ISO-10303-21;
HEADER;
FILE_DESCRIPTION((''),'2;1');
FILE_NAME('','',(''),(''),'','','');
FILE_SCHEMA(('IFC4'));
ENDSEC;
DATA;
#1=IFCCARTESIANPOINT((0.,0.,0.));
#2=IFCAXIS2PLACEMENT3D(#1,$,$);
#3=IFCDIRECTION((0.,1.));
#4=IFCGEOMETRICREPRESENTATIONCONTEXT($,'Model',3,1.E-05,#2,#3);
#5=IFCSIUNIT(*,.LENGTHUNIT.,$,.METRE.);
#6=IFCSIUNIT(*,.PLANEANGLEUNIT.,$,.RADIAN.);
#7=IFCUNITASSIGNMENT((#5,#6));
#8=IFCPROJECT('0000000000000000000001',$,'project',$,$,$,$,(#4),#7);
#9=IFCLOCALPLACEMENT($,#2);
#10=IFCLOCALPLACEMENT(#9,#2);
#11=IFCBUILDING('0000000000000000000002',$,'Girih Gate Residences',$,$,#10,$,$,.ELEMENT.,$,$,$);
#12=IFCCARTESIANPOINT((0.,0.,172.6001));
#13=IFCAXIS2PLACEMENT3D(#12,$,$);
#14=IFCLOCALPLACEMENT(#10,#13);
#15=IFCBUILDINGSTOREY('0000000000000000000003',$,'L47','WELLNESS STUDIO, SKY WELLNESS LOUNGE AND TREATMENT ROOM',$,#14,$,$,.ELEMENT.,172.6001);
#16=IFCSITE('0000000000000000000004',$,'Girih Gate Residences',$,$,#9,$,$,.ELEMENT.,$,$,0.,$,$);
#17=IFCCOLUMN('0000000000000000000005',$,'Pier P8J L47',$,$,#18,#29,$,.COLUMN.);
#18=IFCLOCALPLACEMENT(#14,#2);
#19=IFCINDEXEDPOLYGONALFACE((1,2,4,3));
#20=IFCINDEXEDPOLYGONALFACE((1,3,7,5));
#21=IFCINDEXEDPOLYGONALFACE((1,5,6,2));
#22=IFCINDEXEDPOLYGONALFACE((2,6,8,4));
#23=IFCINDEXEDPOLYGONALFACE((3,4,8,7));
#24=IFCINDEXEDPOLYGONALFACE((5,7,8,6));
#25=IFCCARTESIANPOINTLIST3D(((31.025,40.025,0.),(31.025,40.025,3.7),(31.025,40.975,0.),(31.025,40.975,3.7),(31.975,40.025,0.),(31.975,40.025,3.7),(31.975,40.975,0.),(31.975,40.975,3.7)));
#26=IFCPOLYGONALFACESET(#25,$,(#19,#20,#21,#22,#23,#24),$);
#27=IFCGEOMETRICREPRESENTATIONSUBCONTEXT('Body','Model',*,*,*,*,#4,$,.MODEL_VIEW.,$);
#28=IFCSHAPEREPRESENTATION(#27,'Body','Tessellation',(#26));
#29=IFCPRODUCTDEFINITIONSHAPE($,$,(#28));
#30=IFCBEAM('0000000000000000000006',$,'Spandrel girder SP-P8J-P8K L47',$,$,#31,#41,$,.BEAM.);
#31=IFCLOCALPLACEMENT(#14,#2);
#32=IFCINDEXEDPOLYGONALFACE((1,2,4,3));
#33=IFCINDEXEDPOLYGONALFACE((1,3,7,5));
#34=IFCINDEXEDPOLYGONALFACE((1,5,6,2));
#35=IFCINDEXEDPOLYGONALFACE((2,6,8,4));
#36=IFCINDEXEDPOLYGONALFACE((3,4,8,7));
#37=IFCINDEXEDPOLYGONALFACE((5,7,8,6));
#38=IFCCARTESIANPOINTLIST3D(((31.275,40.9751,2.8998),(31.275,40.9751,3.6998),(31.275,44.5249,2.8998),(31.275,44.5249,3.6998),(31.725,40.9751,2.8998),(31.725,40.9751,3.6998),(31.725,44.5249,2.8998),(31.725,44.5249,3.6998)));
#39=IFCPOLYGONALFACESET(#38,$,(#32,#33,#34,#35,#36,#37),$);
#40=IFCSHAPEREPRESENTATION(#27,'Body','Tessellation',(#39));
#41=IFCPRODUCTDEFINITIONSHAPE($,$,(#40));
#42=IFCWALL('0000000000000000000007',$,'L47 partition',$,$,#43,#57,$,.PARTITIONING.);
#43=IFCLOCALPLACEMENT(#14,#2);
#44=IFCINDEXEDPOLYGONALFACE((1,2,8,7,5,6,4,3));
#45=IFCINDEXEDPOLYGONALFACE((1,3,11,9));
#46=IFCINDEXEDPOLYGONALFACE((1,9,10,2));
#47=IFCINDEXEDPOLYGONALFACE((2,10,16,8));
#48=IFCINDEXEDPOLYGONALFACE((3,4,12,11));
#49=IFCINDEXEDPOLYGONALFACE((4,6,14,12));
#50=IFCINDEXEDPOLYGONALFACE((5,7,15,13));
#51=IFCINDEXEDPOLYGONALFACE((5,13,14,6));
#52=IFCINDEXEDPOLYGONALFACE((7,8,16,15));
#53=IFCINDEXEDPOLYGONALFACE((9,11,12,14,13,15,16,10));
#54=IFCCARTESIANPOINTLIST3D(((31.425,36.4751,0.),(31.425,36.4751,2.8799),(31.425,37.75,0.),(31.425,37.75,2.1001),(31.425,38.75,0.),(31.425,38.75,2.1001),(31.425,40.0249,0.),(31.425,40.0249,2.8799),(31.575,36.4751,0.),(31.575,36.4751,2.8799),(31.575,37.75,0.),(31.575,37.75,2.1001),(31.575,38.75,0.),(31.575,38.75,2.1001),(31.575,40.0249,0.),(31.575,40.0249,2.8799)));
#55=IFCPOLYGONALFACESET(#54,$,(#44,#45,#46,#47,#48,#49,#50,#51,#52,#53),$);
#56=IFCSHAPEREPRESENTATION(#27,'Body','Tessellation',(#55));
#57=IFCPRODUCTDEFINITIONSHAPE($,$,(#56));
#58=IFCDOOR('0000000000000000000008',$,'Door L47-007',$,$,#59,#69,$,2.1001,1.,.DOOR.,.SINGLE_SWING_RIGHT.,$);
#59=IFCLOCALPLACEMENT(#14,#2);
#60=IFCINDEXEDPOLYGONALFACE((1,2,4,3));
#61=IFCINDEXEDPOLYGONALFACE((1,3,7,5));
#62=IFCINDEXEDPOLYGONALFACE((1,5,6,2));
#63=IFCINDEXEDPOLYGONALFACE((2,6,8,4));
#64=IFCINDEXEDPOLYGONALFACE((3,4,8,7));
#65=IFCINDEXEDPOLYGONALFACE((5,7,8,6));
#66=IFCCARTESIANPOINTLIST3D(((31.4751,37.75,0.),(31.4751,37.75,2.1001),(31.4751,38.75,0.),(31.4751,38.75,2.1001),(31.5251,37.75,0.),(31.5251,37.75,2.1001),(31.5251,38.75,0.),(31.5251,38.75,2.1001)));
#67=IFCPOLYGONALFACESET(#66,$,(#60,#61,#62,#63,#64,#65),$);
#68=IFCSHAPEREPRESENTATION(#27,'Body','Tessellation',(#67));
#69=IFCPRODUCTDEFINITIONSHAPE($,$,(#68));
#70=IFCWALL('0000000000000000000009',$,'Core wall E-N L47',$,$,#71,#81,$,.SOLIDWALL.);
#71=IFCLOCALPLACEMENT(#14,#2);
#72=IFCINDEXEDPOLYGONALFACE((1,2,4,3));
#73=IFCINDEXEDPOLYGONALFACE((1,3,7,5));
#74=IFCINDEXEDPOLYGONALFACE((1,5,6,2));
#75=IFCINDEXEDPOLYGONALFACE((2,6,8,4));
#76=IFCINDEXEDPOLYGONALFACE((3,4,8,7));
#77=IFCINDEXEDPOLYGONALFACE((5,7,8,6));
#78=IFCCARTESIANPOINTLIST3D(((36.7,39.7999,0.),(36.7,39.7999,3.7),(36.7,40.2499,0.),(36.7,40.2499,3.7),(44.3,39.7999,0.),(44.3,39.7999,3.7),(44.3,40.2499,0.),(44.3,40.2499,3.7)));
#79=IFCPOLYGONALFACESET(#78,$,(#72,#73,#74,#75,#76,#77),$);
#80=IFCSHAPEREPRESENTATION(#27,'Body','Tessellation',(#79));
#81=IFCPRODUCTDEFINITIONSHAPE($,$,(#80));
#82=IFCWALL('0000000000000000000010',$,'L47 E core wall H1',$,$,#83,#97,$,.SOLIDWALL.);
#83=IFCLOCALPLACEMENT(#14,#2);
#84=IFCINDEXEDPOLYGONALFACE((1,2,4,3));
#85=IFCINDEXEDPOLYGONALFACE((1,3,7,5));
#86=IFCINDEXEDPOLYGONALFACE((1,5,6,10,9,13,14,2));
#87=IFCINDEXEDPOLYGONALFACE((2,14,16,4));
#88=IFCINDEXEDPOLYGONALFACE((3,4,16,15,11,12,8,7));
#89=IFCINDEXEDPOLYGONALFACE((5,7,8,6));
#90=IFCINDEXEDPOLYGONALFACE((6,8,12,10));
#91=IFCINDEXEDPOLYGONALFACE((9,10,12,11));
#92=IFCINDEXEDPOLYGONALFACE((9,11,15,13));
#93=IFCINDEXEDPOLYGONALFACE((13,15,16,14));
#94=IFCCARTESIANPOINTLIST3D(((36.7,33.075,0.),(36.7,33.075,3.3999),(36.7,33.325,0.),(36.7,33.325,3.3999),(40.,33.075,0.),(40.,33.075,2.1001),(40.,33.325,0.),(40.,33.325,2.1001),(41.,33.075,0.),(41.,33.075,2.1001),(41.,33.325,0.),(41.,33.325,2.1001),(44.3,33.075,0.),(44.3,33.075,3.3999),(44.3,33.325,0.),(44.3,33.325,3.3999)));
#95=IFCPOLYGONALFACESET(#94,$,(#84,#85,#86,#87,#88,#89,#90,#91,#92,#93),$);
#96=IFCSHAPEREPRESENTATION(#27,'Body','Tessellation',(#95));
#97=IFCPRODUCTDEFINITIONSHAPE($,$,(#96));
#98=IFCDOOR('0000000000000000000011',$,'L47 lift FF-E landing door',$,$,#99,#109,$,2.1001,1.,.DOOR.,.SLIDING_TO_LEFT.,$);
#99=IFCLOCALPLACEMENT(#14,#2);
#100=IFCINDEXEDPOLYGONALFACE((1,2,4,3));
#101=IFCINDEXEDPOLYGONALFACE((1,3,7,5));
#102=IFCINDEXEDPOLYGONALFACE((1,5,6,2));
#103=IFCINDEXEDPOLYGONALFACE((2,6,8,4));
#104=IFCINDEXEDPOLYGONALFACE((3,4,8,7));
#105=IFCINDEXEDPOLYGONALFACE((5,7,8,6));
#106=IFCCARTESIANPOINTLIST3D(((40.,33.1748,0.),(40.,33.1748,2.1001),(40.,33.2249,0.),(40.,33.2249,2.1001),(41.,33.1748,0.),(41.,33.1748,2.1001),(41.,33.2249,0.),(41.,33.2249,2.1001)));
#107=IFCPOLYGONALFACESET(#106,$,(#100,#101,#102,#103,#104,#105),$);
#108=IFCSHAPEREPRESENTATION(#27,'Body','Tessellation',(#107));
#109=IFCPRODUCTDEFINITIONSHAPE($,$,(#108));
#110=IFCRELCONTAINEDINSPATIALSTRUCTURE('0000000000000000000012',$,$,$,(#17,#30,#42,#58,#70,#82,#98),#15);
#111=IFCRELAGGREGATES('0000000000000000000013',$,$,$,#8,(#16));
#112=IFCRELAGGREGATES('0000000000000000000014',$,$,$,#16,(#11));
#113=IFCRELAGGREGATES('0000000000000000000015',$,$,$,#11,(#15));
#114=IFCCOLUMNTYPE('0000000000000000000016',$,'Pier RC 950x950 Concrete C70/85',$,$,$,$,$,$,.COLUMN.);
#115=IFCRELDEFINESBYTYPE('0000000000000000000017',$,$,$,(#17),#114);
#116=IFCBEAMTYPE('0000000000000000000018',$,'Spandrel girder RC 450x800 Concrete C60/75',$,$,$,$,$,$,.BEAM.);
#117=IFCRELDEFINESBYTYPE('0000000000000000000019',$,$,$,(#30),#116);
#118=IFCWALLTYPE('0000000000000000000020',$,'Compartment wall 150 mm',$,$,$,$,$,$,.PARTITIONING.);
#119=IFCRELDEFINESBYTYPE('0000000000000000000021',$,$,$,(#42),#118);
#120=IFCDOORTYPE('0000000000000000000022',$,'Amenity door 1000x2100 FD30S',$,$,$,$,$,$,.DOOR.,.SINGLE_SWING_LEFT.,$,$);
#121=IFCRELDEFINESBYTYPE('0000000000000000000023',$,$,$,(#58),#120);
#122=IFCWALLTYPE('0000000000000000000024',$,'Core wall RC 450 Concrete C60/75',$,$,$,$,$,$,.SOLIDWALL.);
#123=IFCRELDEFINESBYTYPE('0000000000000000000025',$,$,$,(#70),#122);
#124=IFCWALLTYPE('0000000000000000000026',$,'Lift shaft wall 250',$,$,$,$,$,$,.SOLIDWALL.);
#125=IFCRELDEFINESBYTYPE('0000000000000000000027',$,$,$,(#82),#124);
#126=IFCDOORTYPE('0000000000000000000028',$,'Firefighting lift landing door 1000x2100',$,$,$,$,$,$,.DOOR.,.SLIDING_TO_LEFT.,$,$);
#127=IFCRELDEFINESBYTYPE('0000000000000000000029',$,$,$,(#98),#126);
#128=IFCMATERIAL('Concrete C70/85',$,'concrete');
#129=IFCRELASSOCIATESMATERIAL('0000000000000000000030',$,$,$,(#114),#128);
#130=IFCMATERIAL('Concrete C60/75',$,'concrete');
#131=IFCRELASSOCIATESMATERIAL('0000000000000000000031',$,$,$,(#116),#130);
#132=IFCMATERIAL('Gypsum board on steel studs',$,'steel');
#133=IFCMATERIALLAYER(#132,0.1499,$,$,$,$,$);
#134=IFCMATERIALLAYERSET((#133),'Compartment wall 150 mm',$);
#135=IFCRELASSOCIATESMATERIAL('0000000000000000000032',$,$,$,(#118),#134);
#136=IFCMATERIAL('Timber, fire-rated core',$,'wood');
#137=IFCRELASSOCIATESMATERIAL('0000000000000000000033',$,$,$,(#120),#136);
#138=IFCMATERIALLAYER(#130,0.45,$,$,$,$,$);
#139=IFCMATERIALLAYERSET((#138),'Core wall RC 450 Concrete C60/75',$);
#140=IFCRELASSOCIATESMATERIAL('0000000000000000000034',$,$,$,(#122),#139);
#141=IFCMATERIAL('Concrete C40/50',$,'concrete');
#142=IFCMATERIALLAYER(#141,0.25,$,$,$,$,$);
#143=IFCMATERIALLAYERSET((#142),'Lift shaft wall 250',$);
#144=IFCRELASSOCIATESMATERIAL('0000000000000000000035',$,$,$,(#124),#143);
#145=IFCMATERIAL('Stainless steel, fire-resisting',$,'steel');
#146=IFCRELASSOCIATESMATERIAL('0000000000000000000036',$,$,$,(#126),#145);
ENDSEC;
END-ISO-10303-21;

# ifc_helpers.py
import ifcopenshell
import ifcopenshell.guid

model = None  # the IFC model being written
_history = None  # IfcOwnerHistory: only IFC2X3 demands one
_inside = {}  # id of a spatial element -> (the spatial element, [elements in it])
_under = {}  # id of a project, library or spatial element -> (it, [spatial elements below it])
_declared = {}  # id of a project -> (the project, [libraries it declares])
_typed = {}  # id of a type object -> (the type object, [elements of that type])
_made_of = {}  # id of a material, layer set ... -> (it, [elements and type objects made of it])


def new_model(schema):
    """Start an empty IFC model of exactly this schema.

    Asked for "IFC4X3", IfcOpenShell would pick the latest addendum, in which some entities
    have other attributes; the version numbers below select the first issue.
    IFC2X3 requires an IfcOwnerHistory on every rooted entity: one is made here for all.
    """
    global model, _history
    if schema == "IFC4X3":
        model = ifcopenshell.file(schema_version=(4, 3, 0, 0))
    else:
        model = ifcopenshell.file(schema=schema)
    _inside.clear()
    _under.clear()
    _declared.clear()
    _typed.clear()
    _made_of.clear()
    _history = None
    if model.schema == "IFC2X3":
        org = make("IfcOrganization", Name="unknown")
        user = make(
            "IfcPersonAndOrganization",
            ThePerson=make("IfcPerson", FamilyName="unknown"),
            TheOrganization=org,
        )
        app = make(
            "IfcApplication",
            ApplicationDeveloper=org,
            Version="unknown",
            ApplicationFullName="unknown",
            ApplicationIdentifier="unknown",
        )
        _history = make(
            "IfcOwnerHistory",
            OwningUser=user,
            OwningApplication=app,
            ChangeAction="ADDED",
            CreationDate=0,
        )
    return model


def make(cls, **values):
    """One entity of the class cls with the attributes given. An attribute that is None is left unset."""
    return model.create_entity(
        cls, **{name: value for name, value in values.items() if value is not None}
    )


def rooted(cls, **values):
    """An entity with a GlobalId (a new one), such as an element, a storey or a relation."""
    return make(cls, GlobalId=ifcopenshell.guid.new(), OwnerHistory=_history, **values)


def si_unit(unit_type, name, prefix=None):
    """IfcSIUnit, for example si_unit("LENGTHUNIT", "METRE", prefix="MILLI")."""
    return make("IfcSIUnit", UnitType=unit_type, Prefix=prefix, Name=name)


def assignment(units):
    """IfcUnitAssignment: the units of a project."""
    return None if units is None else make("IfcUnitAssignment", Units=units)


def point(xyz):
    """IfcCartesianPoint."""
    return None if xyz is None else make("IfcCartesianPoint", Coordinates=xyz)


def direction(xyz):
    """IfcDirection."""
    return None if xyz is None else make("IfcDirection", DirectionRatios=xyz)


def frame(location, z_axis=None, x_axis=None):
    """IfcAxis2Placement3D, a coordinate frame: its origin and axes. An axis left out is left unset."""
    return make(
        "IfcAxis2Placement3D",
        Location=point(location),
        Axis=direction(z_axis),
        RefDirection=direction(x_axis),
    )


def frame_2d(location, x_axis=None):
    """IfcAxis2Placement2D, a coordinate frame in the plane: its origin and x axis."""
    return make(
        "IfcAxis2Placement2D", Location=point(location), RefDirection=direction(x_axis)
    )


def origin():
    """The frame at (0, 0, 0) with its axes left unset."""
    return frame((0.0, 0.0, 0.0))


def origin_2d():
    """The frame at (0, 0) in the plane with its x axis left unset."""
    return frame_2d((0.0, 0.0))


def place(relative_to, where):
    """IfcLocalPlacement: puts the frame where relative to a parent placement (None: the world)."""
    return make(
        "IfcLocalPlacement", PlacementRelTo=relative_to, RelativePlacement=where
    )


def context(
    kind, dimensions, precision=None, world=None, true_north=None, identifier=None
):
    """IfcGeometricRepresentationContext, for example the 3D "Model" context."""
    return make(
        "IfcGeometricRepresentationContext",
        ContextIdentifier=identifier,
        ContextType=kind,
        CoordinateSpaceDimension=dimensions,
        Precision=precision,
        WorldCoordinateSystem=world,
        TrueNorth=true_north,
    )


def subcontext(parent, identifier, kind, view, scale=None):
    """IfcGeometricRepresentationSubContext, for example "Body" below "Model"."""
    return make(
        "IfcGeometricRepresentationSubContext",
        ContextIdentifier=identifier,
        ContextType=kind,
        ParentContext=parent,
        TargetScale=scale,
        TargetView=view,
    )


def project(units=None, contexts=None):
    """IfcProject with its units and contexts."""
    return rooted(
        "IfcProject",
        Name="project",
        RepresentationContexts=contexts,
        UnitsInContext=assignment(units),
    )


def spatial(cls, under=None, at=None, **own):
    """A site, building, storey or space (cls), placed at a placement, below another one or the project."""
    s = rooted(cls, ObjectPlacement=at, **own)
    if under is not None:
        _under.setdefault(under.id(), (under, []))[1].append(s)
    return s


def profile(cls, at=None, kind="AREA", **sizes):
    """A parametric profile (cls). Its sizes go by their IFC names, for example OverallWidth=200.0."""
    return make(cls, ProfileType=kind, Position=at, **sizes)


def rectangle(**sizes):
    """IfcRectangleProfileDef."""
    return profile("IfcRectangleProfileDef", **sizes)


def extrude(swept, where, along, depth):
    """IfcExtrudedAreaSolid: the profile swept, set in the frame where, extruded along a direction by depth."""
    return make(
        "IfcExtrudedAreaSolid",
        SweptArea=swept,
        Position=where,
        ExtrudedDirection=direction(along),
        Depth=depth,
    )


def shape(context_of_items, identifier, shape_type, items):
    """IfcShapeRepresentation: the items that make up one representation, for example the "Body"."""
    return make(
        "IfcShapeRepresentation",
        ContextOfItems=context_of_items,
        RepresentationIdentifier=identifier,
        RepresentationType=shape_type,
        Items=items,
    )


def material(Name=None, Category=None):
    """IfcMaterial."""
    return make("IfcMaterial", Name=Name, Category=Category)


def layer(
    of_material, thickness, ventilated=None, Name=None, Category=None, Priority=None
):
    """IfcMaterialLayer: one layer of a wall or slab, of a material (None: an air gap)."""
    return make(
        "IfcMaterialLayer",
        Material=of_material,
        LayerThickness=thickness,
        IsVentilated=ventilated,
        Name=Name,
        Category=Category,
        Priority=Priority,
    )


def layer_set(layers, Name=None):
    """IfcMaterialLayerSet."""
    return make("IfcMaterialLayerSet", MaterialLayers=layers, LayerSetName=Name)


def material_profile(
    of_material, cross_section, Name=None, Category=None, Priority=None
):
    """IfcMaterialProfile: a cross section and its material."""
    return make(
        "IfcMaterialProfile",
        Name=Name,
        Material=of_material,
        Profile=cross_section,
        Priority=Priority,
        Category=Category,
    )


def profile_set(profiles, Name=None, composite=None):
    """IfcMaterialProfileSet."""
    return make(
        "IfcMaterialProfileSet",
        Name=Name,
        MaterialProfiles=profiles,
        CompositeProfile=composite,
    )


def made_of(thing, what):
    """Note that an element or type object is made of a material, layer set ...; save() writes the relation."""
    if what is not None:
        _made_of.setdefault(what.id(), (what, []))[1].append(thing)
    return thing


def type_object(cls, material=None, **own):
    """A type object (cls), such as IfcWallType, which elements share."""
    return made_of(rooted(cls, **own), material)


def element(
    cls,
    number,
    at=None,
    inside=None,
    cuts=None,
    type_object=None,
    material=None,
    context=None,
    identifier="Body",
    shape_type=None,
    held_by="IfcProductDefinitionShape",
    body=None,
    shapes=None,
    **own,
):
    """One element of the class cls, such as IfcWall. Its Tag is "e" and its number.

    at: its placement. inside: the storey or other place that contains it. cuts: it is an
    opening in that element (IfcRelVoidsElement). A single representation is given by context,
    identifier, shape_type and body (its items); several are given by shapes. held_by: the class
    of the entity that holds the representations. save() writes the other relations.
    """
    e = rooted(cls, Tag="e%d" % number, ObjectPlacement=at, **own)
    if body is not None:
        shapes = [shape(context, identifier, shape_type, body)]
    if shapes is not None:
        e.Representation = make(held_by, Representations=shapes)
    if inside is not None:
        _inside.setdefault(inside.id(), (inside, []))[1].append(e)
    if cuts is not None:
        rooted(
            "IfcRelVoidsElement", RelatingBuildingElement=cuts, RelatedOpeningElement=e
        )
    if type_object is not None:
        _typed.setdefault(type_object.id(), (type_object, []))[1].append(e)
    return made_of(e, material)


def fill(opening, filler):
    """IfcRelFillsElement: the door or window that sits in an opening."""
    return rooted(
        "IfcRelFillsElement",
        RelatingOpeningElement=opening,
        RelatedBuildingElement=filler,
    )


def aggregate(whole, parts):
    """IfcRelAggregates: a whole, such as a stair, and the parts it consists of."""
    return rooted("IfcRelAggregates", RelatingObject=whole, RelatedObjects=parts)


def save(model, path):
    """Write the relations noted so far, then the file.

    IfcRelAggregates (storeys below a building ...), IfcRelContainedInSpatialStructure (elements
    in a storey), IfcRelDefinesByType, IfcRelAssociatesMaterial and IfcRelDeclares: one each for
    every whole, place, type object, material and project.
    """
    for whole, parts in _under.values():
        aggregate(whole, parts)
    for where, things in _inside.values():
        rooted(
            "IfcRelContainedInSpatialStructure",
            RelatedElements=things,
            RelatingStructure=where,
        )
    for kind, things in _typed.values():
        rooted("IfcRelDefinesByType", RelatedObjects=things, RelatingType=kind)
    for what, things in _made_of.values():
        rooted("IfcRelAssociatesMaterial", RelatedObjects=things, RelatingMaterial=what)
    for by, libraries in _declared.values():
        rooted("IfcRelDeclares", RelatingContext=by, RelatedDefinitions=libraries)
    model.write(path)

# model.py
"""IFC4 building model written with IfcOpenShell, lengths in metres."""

from ifc_helpers import new_model, si_unit, direction, frame, frame_2d, origin, origin_2d, place, context, subcontext, project, spatial, rectangle, extrude, material, layer, layer_set, material_profile, profile_set, type_object, element, fill, save


model = new_model("IFC4")

# Units and contexts
model_context = context("Model", 3, precision=1e-05, world=origin(), true_north=direction((0.0, 1.0)))
body_context = subcontext(model_context, "Body", "Model", "MODEL_VIEW")
ifc_project = project(units=[si_unit("LENGTHUNIT", "METRE"), si_unit("PLANEANGLEUNIT", "RADIAN")], contexts=[model_context])

# Site, building, storey
site_placement = place(None, origin())
site = spatial("IfcSite", under=ifc_project, at=site_placement, Name="Girih Gate Residences", CompositionType="ELEMENT", RefElevation=0.0)
building_placement = place(site_placement, origin())
building = spatial("IfcBuilding", under=site, at=building_placement, Name="Girih Gate Residences", CompositionType="ELEMENT")
storey_placement = place(building_placement, frame((0.0, 0.0, 172.6001)))
storey = spatial("IfcBuildingStorey", under=building, at=storey_placement, Name="L47", Description="WELLNESS STUDIO, SKY WELLNESS LOUNGE AND TREATMENT ROOM", CompositionType="ELEMENT", Elevation=172.6001)

# Column
ifc_material_1 = material(Name="Concrete C70/85", Category="concrete")
ifc_material_profile_1 = material_profile(ifc_material_1, rectangle(XDim=0.95, YDim=0.95, at=origin_2d()))
ifc_profile_set_1 = profile_set([ifc_material_profile_1], Name="Concrete C70/85")
column_type = type_object("IfcColumnType", Name="Pier RC 950x950 Concrete C70/85", PredefinedType="COLUMN", material=ifc_profile_set_1)
column_placement = place(storey_placement, frame((31.5, 40.5, 0.0), z_axis=(0.0, 0.0, 1.0), x_axis=(1.0, 0.0, 0.0)))
element("IfcColumn", 1, at=column_placement, inside=storey, type_object=column_type, Name="Pier P8J L47", PredefinedType="COLUMN", context=body_context, shape_type="SweptSolid", body=[
    extrude(rectangle(XDim=0.95, YDim=0.95, at=origin_2d()), origin(), (0.0, 0.0, 1.0), 3.7),
])

# Beam
ifc_material_2 = material(Name="Concrete C60/75", Category="concrete")
ifc_material_profile_2 = material_profile(ifc_material_2, rectangle(XDim=0.45, YDim=0.8, at=origin_2d()))
ifc_profile_set_2 = profile_set([ifc_material_profile_2], Name="Concrete C60/75")
beam_type = type_object("IfcBeamType", Name="Spandrel girder RC 450x800 Concrete C60/75", PredefinedType="BEAM", material=ifc_profile_set_2)
beam_placement = place(storey_placement, frame((31.5, 40.9751, 3.2998), z_axis=(0.0, 1.0, 0.0), x_axis=(-1.0, 0.0, 0.0)))
element("IfcBeam", 2, at=beam_placement, inside=storey, type_object=beam_type, Name="Spandrel girder SP-P8J-P8K L47", PredefinedType="BEAM", context=body_context, shape_type="SweptSolid", body=[
    extrude(rectangle(XDim=0.45, YDim=0.8, at=origin_2d()), origin(), (0.0, 0.0, 1.0), 3.5498),
])

# Wall, opening, door
ifc_material_3 = material(Name="Gypsum board on steel studs", Category="steel")
ifc_layer_1 = layer(ifc_material_3, 0.1499)
ifc_layer_set_1 = layer_set([ifc_layer_1], Name="Compartment wall 150 mm")
wall_type_1 = type_object("IfcWallType", Name="Compartment wall 150 mm", PredefinedType="PARTITIONING", material=ifc_layer_set_1)
wall_1_placement = place(storey_placement, frame((31.5, 36.4751, 0.0), z_axis=(0.0, 0.0, 1.0), x_axis=(0.0, 1.0, 0.0)))
wall_1 = element("IfcWall", 3, at=wall_1_placement, inside=storey, type_object=wall_type_1, Name="L47 partition", PredefinedType="PARTITIONING", context=body_context, shape_type="SweptSolid", body=[
    extrude(rectangle(XDim=3.5498, YDim=0.1499, at=frame_2d((1.7749, 0.0))), origin(), (0.0, 0.0, 1.0), 2.8799),
])
opening_1_placement = place(wall_1_placement, frame((1.2749, 0.0, 0.0)))
opening_1 = element("IfcOpeningElement", 4, at=opening_1_placement, cuts=wall_1, PredefinedType="OPENING", context=body_context, shape_type="SweptSolid", body=[
    extrude(rectangle(XDim=1.0, YDim=2.1001, at=frame_2d((0.5, 1.05))), frame((0.0, 0.085, 0.0), z_axis=(0.0, -1.0, 0.0), x_axis=(1.0, 0.0, 0.0)), (0.0, 0.0, 1.0), 0.1699),
])
ifc_material_4 = material(Name="Timber, fire-rated core", Category="wood")
door_type_1 = type_object("IfcDoorType", Name="Amenity door 1000x2100 FD30S", OperationType="SINGLE_SWING_LEFT", PredefinedType="DOOR", material=ifc_material_4)
door_1_placement = place(opening_1_placement, origin())
door_1 = element("IfcDoor", 5, at=door_1_placement, inside=storey, type_object=door_type_1, Name="Door L47-007", OperationType="SINGLE_SWING_RIGHT", OverallHeight=2.1001, OverallWidth=1.0, PredefinedType="DOOR", context=body_context, shape_type="SweptSolid", body=[
    extrude(rectangle(XDim=1.0, YDim=2.1001, at=frame_2d((0.5, 1.05))), frame((0.0, 0.0249, 0.0), z_axis=(0.0, -1.0, 0.0), x_axis=(1.0, 0.0, 0.0)), (0.0, 0.0, 1.0), 0.05),
])
fill(opening_1, door_1)

# Wall
ifc_layer_2 = layer(ifc_material_2, 0.45)
ifc_layer_set_2 = layer_set([ifc_layer_2], Name="Core wall RC 450 Concrete C60/75")
wall_type_2 = type_object("IfcWallType", Name="Core wall RC 450 Concrete C60/75", PredefinedType="SOLIDWALL", material=ifc_layer_set_2)
wall_2_placement = place(storey_placement, frame((36.7, 40.0249, 0.0), z_axis=(0.0, 0.0, 1.0), x_axis=(1.0, 0.0, 0.0)))
element("IfcWall", 6, at=wall_2_placement, inside=storey, type_object=wall_type_2, Name="Core wall E-N L47", PredefinedType="SOLIDWALL", context=body_context, shape_type="SweptSolid", body=[
    extrude(rectangle(XDim=7.6001, YDim=0.45, at=frame_2d((3.8, 0.0))), origin(), (0.0, 0.0, 1.0), 3.7),
])

# Wall, opening, door
ifc_material_5 = material(Name="Concrete C40/50", Category="concrete")
ifc_layer_3 = layer(ifc_material_5, 0.25)
ifc_layer_set_3 = layer_set([ifc_layer_3], Name="Lift shaft wall 250")
wall_type_3 = type_object("IfcWallType", Name="Lift shaft wall 250", PredefinedType="SOLIDWALL", material=ifc_layer_set_3)
wall_3_placement = place(storey_placement, frame((36.7, 33.2, 0.0), z_axis=(0.0, 0.0, 1.0), x_axis=(1.0, 0.0, 0.0)))
wall_3 = element("IfcWall", 7, at=wall_3_placement, inside=storey, type_object=wall_type_3, Name="L47 E core wall H1", PredefinedType="SOLIDWALL", context=body_context, shape_type="SweptSolid", body=[
    extrude(rectangle(XDim=7.6001, YDim=0.25, at=frame_2d((3.8, 0.0))), origin(), (0.0, 0.0, 1.0), 3.3999),
])
opening_2_placement = place(wall_3_placement, frame((3.3, 0.0, 0.0)))
opening_2 = element("IfcOpeningElement", 8, at=opening_2_placement, cuts=wall_3, PredefinedType="OPENING", context=body_context, shape_type="SweptSolid", body=[
    extrude(rectangle(XDim=1.0, YDim=2.1001, at=frame_2d((0.5, 1.05))), frame((0.0, 0.135, 0.0), z_axis=(0.0, -1.0, 0.0), x_axis=(1.0, 0.0, 0.0)), (0.0, 0.0, 1.0), 0.27),
])
ifc_material_6 = material(Name="Stainless steel, fire-resisting", Category="steel")
door_type_2 = type_object("IfcDoorType", Name="Firefighting lift landing door 1000x2100", OperationType="SLIDING_TO_LEFT", PredefinedType="DOOR", material=ifc_material_6)
door_2_placement = place(opening_2_placement, origin())
door_2 = element("IfcDoor", 9, at=door_2_placement, inside=storey, type_object=door_type_2, Name="L47 lift FF-E landing door", OperationType="SLIDING_TO_LEFT", OverallHeight=2.1001, OverallWidth=1.0, PredefinedType="DOOR", context=body_context, shape_type="SweptSolid", body=[
    extrude(rectangle(XDim=1.0, YDim=2.1001, at=frame_2d((0.5, 1.05))), frame((0.0, 0.0249, 0.0), z_axis=(0.0, -1.0, 0.0), x_axis=(1.0, 0.0, 0.0)), (0.0, 0.0, 1.0), 0.05),
])
fill(opening_2, door_2)

save(model, "model.ifc")
